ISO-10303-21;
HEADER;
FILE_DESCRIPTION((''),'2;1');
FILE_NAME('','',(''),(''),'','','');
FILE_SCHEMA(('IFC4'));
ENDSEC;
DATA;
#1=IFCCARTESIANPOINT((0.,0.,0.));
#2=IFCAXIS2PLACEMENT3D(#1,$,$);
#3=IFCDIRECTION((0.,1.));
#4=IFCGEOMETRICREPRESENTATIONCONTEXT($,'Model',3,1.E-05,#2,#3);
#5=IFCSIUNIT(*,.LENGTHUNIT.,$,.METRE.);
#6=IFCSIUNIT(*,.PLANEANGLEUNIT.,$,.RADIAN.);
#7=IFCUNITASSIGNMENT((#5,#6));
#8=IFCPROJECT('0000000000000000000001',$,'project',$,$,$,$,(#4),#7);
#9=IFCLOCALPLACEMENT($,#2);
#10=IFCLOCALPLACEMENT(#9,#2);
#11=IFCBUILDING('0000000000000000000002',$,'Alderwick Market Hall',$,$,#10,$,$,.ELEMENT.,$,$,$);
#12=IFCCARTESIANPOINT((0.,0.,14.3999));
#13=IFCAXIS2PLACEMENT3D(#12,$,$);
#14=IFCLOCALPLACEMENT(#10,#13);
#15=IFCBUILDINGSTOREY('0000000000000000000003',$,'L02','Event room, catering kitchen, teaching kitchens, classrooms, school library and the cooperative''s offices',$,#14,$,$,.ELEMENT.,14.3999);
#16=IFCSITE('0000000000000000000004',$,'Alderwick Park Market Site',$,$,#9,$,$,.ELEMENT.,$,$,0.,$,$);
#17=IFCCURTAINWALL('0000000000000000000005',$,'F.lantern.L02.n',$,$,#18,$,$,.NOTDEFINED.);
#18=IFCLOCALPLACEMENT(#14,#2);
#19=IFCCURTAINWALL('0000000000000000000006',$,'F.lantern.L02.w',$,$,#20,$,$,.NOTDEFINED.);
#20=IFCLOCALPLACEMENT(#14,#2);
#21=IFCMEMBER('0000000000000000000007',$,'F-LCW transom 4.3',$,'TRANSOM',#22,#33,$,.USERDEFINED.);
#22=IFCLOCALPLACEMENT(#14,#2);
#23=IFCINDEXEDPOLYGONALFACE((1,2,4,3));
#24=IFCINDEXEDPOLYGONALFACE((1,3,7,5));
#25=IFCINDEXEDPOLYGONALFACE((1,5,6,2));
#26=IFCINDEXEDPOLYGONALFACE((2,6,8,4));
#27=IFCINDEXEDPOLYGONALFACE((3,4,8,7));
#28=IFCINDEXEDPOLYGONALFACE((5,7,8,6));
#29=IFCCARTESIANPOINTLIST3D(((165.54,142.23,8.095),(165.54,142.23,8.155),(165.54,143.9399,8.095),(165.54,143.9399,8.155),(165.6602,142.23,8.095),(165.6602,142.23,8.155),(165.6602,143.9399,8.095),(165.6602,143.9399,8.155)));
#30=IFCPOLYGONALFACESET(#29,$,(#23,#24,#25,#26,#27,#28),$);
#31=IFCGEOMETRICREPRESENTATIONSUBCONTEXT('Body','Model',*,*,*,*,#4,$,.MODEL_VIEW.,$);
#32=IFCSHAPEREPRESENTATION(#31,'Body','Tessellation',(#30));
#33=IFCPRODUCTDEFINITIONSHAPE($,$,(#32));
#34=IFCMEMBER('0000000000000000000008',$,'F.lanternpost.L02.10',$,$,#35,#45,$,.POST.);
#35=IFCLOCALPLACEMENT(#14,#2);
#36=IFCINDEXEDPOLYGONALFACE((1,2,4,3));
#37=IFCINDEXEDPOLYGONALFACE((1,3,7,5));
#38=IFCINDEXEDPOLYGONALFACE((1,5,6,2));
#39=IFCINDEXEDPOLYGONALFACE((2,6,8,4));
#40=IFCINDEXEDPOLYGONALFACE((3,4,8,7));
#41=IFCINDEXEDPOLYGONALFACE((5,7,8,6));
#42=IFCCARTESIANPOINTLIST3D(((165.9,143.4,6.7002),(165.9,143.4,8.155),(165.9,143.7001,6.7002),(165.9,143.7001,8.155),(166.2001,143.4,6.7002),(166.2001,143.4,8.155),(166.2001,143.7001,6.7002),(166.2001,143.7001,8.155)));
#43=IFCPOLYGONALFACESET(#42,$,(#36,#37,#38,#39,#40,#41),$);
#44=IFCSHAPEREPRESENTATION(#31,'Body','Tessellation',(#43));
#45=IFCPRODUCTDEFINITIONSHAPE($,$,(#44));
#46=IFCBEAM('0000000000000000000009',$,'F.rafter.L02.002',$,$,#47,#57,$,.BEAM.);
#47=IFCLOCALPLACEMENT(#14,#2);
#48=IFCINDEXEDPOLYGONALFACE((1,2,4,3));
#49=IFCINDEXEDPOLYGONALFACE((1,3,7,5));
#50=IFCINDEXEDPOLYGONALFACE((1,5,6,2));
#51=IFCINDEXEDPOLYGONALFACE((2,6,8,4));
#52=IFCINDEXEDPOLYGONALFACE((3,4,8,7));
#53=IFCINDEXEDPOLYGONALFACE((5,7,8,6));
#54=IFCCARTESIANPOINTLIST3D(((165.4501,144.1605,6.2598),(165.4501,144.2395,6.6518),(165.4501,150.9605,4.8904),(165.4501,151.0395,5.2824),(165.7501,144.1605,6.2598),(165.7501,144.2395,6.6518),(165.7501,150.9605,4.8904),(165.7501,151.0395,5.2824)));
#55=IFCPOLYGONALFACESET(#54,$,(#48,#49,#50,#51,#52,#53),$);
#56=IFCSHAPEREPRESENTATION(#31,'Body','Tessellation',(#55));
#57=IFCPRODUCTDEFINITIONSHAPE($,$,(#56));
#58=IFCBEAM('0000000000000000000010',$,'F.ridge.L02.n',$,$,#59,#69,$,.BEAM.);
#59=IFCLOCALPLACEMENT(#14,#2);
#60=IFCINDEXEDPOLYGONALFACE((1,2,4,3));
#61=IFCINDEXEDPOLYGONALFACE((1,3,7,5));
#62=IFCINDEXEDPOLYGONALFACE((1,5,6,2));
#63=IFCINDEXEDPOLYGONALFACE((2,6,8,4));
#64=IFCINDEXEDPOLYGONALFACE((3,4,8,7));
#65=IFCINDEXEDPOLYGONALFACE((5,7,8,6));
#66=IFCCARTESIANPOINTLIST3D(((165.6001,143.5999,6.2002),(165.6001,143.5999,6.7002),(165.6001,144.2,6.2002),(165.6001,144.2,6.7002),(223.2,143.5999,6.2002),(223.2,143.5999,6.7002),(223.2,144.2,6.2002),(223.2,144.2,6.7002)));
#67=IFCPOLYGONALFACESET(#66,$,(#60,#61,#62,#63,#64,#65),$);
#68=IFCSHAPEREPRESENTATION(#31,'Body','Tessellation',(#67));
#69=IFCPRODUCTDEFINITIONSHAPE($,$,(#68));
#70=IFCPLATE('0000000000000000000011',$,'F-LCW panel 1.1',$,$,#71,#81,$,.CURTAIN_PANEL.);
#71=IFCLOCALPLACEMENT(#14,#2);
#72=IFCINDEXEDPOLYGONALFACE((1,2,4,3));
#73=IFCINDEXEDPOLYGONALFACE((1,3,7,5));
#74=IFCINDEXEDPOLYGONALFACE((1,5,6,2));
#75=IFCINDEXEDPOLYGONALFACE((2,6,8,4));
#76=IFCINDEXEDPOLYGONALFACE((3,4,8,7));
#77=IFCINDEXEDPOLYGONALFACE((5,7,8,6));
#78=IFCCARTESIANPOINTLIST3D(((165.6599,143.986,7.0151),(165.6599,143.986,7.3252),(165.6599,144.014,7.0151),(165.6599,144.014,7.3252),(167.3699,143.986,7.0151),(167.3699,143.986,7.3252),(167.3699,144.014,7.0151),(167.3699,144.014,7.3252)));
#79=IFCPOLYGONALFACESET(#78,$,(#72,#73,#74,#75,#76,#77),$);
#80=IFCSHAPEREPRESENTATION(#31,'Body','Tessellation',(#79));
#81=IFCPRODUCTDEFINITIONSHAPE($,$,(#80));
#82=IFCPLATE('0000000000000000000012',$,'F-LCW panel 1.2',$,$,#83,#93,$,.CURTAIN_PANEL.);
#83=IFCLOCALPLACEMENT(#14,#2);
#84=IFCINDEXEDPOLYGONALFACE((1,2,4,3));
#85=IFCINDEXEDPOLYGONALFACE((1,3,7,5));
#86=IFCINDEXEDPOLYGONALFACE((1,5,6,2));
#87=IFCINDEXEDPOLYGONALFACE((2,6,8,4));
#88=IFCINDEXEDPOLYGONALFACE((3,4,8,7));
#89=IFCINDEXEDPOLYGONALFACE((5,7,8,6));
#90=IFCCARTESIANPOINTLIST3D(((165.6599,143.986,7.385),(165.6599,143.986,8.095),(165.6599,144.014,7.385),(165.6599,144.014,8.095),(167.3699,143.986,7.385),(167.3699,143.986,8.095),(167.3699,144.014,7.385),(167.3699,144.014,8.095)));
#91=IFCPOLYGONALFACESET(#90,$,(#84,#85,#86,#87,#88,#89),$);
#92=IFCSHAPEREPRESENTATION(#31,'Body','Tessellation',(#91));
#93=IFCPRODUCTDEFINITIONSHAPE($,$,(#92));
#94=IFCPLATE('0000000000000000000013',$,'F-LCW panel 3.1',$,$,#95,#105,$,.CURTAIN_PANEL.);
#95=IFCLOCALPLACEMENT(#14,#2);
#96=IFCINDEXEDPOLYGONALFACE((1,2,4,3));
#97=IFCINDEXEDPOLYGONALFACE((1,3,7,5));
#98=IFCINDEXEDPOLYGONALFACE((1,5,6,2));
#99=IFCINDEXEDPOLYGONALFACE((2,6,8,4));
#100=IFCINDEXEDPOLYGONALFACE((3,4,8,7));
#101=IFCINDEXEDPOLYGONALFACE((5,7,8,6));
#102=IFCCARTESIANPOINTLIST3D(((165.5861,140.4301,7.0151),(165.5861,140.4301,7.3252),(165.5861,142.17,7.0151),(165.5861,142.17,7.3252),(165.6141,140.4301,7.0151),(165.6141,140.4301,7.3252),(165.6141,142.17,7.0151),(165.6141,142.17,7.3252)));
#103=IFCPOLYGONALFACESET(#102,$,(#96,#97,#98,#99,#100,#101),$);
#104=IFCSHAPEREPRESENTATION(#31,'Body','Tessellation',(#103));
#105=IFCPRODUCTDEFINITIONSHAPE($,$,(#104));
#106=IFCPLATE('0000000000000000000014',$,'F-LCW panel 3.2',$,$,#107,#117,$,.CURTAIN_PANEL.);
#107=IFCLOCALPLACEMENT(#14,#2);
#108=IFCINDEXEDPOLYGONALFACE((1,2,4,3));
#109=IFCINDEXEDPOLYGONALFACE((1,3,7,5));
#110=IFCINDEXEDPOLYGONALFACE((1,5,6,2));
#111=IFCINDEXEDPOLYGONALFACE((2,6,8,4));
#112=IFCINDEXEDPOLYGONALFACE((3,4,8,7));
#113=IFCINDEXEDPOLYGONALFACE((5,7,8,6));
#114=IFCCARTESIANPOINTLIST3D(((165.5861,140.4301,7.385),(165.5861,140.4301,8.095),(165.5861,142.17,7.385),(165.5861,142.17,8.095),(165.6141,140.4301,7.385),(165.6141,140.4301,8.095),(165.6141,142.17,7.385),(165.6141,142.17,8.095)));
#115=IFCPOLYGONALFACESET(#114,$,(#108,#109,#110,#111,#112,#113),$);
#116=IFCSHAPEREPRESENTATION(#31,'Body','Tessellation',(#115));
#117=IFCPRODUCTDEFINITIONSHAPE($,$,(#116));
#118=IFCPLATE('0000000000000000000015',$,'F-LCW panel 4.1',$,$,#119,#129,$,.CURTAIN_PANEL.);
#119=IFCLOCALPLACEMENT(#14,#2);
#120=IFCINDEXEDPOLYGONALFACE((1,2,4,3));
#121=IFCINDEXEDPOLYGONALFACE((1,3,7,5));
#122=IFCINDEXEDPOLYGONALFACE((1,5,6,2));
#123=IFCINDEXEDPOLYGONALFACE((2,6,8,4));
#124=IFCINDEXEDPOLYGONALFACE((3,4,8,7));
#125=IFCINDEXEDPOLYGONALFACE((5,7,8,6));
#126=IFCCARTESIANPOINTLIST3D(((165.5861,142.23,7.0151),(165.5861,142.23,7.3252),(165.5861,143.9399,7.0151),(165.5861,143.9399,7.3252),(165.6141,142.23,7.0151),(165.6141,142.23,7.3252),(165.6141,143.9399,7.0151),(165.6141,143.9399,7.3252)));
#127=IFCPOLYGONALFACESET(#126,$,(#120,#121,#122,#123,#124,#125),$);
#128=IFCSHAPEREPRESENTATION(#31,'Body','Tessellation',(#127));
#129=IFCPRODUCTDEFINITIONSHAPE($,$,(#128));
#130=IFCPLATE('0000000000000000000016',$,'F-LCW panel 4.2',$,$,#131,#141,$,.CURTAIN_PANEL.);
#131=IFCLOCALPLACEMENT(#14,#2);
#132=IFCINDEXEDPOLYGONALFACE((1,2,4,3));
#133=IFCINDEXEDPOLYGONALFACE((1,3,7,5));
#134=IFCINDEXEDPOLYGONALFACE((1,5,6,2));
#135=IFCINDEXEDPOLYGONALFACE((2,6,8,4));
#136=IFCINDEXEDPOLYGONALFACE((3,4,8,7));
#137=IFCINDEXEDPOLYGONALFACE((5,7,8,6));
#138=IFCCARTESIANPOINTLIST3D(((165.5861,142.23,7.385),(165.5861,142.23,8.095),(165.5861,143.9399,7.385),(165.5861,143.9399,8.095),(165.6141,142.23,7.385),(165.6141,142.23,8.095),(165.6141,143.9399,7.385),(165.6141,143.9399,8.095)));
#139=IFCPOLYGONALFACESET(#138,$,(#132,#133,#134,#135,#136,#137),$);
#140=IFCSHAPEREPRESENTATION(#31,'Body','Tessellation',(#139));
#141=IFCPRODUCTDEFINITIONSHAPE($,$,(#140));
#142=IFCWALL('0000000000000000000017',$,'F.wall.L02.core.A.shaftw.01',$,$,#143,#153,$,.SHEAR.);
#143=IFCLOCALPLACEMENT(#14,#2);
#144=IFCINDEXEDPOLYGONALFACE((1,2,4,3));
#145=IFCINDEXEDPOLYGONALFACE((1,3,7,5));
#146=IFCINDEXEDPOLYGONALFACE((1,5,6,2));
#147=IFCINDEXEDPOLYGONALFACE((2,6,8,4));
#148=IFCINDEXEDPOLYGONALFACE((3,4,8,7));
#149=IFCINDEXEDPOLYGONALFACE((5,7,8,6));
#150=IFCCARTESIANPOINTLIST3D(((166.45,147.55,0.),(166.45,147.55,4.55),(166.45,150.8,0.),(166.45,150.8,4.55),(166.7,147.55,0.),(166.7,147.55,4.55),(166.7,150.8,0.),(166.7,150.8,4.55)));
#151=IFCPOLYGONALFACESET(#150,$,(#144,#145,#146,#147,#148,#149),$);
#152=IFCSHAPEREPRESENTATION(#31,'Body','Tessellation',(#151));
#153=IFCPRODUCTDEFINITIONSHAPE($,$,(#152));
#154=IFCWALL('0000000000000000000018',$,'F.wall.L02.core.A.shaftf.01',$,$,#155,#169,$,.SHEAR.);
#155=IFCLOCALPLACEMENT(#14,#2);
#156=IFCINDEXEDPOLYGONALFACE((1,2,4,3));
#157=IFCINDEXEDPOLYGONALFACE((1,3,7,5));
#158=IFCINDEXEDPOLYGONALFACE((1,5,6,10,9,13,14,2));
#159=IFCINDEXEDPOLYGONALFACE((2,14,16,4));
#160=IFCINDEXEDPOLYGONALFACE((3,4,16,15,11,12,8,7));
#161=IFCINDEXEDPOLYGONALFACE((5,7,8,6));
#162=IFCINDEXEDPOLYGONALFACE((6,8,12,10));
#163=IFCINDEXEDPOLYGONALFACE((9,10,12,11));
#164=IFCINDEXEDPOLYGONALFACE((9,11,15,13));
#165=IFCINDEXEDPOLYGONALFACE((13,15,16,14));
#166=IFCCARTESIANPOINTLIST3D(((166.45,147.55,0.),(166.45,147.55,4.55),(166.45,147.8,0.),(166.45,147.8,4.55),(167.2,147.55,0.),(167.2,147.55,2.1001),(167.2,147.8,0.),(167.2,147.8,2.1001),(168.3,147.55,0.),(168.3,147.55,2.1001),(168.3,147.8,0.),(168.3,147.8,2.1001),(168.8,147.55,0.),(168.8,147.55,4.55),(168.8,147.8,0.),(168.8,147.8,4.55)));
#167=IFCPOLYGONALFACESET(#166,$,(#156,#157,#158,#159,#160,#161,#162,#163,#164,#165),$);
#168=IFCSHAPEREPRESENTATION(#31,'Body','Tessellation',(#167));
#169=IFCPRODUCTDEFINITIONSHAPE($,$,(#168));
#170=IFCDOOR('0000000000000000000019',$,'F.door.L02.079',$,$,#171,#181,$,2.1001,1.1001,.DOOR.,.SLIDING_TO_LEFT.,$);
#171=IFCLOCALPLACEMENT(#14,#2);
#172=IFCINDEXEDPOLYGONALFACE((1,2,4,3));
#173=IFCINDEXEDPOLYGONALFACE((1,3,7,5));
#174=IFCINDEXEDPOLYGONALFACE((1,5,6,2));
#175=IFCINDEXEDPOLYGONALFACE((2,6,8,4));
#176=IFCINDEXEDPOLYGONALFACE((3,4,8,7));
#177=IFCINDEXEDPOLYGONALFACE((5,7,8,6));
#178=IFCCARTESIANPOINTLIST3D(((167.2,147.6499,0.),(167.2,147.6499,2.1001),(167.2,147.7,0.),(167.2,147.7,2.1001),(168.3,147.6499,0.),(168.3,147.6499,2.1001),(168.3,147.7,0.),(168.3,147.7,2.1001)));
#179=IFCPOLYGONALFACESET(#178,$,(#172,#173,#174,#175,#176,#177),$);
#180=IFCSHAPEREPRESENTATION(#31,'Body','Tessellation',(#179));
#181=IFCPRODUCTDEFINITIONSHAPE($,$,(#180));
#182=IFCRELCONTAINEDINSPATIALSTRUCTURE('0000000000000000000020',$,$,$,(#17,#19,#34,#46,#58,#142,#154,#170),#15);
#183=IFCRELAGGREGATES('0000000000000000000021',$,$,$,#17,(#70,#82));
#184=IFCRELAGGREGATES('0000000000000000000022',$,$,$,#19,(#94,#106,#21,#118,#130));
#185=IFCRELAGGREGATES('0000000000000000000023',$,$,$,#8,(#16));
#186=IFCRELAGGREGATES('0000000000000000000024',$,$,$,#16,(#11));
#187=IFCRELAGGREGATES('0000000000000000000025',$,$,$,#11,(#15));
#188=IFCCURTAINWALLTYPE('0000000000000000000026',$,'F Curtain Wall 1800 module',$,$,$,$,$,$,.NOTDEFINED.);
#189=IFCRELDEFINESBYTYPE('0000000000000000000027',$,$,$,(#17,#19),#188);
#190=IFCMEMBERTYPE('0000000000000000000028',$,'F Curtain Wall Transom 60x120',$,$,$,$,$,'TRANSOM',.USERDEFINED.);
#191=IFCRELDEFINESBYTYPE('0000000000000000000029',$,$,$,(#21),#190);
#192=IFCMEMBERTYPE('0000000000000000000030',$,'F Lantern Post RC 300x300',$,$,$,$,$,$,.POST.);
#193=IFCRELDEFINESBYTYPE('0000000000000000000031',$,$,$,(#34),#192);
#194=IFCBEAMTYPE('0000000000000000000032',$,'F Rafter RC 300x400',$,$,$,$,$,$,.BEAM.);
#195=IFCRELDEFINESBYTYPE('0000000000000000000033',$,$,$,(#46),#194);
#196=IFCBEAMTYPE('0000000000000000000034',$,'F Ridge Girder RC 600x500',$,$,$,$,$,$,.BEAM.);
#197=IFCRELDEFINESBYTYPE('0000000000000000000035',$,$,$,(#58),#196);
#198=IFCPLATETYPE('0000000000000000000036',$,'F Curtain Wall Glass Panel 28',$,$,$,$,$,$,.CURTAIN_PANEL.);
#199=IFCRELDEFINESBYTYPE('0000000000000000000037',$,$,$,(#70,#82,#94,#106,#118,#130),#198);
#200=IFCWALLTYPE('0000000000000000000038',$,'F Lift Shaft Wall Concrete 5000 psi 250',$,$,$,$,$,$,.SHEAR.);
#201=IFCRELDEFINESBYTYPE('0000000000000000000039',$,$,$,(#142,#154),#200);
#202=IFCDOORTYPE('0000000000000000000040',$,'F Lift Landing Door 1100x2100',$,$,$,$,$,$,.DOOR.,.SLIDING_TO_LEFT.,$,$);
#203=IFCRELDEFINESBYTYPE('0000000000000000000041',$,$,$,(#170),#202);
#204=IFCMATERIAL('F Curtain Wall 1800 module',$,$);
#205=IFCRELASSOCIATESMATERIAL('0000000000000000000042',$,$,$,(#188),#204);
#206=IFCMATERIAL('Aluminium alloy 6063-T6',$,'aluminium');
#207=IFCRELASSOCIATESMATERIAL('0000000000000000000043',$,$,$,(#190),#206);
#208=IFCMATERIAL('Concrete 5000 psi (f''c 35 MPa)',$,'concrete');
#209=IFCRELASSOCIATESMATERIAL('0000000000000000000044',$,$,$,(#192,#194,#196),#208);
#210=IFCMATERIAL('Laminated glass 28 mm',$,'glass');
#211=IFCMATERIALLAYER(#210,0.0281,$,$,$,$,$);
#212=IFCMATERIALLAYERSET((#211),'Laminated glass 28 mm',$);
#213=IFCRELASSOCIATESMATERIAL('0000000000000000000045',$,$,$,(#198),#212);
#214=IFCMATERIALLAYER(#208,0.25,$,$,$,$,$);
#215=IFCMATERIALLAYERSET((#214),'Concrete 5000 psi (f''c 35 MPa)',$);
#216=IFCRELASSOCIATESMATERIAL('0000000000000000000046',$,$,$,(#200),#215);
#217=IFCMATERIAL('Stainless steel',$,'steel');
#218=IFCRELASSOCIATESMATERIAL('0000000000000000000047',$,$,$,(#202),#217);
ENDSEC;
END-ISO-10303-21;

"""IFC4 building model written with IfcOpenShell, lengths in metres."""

from ifc_helpers import new_model, si_unit, direction, frame, frame_2d, origin, origin_2d, place, context, subcontext, project, spatial, rectangle, extrude, material, layer, layer_set, material_profile, profile_set, type_object, element, fill, aggregate, save


model = new_model("IFC4")

# Units and contexts
model_context = context("Model", 3, precision=1e-05, world=origin(), true_north=direction((0.0, 1.0)))
body_context = subcontext(model_context, "Body", "Model", "MODEL_VIEW")
ifc_project = project(units=[si_unit("LENGTHUNIT", "METRE"), si_unit("PLANEANGLEUNIT", "RADIAN")], contexts=[model_context])

# Site, building, storey
site_placement = place(None, origin())
site = spatial("IfcSite", under=ifc_project, at=site_placement, Name="Alderwick Park Market Site", CompositionType="ELEMENT", RefElevation=0.0)
building_placement = place(site_placement, origin())
building = spatial("IfcBuilding", under=site, at=building_placement, Name="Alderwick Market Hall", CompositionType="ELEMENT")
storey_placement = place(building_placement, frame((0.0, 0.0, 14.3999)))
storey = spatial("IfcBuildingStorey", under=building, at=storey_placement, Name="L02", Description="Event room, catering kitchen, teaching kitchens, classrooms, school library and the cooperative's offices", CompositionType="ELEMENT", Elevation=14.3999)

# Shared definitions
ifc_material_1 = material(Name="Concrete 5000 psi (f'c 35 MPa)", Category="concrete")

# Curtain walls
ifc_material_2 = material(Name="F Curtain Wall 1800 module")
curtain_wall_type = type_object("IfcCurtainWallType", Name="F Curtain Wall 1800 module", PredefinedType="NOTDEFINED", material=ifc_material_2)
curtain_wall_1_placement = place(storey_placement, origin())
curtain_wall_1 = element("IfcCurtainWall", 1, at=curtain_wall_1_placement, inside=storey, type_object=curtain_wall_type, Name="F.lantern.L02.n", PredefinedType="NOTDEFINED")
ifc_material_3 = material(Name="Aluminium alloy 6063-T6", Category="aluminium")
curtain_wall_2_placement = place(storey_placement, origin())
curtain_wall_2 = element("IfcCurtainWall", 2, at=curtain_wall_2_placement, inside=storey, type_object=curtain_wall_type, Name="F.lantern.L02.w", PredefinedType="NOTDEFINED")

# Members
ifc_material_profile_1 = material_profile(ifc_material_3, rectangle(XDim=0.1201, YDim=0.0601, at=origin_2d()), Name="AL 60x120")
ifc_profile_set_1 = profile_set([ifc_material_profile_1], Name="Aluminium alloy 6063-T6")
member_type_1 = type_object("IfcMemberType", Name="F Curtain Wall Transom 60x120", ElementType="TRANSOM", PredefinedType="USERDEFINED", material=ifc_profile_set_1)
member_1_placement = place(storey_placement, frame((165.6001, 142.23, 8.125), z_axis=(0.0, 1.0, 0.0), x_axis=(-1.0, 0.0, 0.0)))
member_1 = element("IfcMember", 3, at=member_1_placement, type_object=member_type_1, Name="F-LCW transom 4.3", ObjectType="TRANSOM", PredefinedType="USERDEFINED", context=body_context, shape_type="SweptSolid", body=[
    extrude(rectangle(XDim=0.1201, YDim=0.0601, at=origin_2d()), origin(), (0.0, 0.0, 1.0), 1.71),
])
ifc_material_profile_2 = material_profile(ifc_material_1, rectangle(XDim=0.3, YDim=0.3, at=origin_2d()), Name="RC 300x300")
ifc_profile_set_2 = profile_set([ifc_material_profile_2], Name="Concrete 5000 psi (f'c 35 MPa)")
member_type_2 = type_object("IfcMemberType", Name="F Lantern Post RC 300x300", PredefinedType="POST", material=ifc_profile_set_2)
member_2_placement = place(storey_placement, frame((166.05, 143.55, 6.7002), z_axis=(0.0, 0.0, 1.0), x_axis=(1.0, 0.0, 0.0)))
element("IfcMember", 4, at=member_2_placement, inside=storey, type_object=member_type_2, Name="F.lanternpost.L02.10", PredefinedType="POST", context=body_context, shape_type="SweptSolid", body=[
    extrude(rectangle(XDim=0.3, YDim=0.3, at=origin_2d()), origin(), (0.0, 0.0, 1.0), 1.4548),
])

# Beams
ifc_material_profile_3 = material_profile(ifc_material_1, rectangle(XDim=0.3, YDim=0.3999, at=origin_2d()), Name="RC 300x400")
ifc_profile_set_3 = profile_set([ifc_material_profile_3], Name="Concrete 5000 psi (f'c 35 MPa)")
beam_type_1 = type_object("IfcBeamType", Name="F Rafter RC 300x400", PredefinedType="BEAM", material=ifc_profile_set_3)
beam_1_placement = place(storey_placement, frame((165.6001, 151.0, 5.0864), z_axis=(0.0, -0.98032, 0.197416), x_axis=(1.0, 0.0, 0.0)))
element("IfcBeam", 5, at=beam_1_placement, inside=storey, type_object=beam_type_1, Name="F.rafter.L02.002", PredefinedType="BEAM", context=body_context, shape_type="SweptSolid", body=[
    extrude(rectangle(XDim=0.3, YDim=0.3999, at=origin_2d()), origin(), (0.0, 0.0, 1.0), 6.9365),
])
ifc_material_profile_4 = material_profile(ifc_material_1, rectangle(XDim=0.6001, YDim=0.5, at=origin_2d()), Name="RC 600x500")
ifc_profile_set_4 = profile_set([ifc_material_profile_4], Name="Concrete 5000 psi (f'c 35 MPa)")
beam_type_2 = type_object("IfcBeamType", Name="F Ridge Girder RC 600x500", PredefinedType="BEAM", material=ifc_profile_set_4)
beam_2_placement = place(storey_placement, frame((165.6001, 143.8999, 6.4502), z_axis=(1.0, 0.0, 0.0), x_axis=(0.0, 1.0, 0.0)))
element("IfcBeam", 6, at=beam_2_placement, inside=storey, type_object=beam_type_2, Name="F.ridge.L02.n", PredefinedType="BEAM", context=body_context, shape_type="SweptSolid", body=[
    extrude(rectangle(XDim=0.6001, YDim=0.5, at=origin_2d()), origin(), (0.0, 0.0, 1.0), 57.5999),
])

# Plates
ifc_material_4 = material(Name="Laminated glass 28 mm", Category="glass")
ifc_layer_1 = layer(ifc_material_4, 0.0281)
ifc_layer_set_1 = layer_set([ifc_layer_1], Name="Laminated glass 28 mm")
plate_type = type_object("IfcPlateType", Name="F Curtain Wall Glass Panel 28", PredefinedType="CURTAIN_PANEL", material=ifc_layer_set_1)
plate_1_placement = place(storey_placement, frame((166.5149, 144.0, 7.0151), z_axis=(0.0, 0.0, 1.0), x_axis=(1.0, 0.0, 0.0)))
plate_1 = element("IfcPlate", 7, at=plate_1_placement, type_object=plate_type, Name="F-LCW panel 1.1", PredefinedType="CURTAIN_PANEL", context=body_context, shape_type="SweptSolid", body=[
    extrude(rectangle(XDim=1.71, YDim=0.0281, at=origin_2d()), origin(), (0.0, 0.0, 1.0), 0.3101),
])
plate_2_placement = place(storey_placement, frame((166.5149, 144.0, 7.385), z_axis=(0.0, 0.0, 1.0), x_axis=(1.0, 0.0, 0.0)))
plate_2 = element("IfcPlate", 8, at=plate_2_placement, type_object=plate_type, Name="F-LCW panel 1.2", PredefinedType="CURTAIN_PANEL", context=body_context, shape_type="SweptSolid", body=[
    extrude(rectangle(XDim=1.71, YDim=0.0281, at=origin_2d()), origin(), (0.0, 0.0, 1.0), 0.71),
])
aggregate(curtain_wall_1, [plate_1, plate_2])
plate_3_placement = place(storey_placement, frame((165.6001, 141.3, 7.0151), z_axis=(0.0, 0.0, 1.0), x_axis=(0.0, 1.0, 0.0)))
plate_3 = element("IfcPlate", 9, at=plate_3_placement, type_object=plate_type, Name="F-LCW panel 3.1", PredefinedType="CURTAIN_PANEL", context=body_context, shape_type="SweptSolid", body=[
    extrude(rectangle(XDim=1.74, YDim=0.0281, at=origin_2d()), origin(), (0.0, 0.0, 1.0), 0.3101),
])
plate_4_placement = place(storey_placement, frame((165.6001, 141.3, 7.385), z_axis=(0.0, 0.0, 1.0), x_axis=(0.0, 1.0, 0.0)))
plate_4 = element("IfcPlate", 10, at=plate_4_placement, type_object=plate_type, Name="F-LCW panel 3.2", PredefinedType="CURTAIN_PANEL", context=body_context, shape_type="SweptSolid", body=[
    extrude(rectangle(XDim=1.74, YDim=0.0281, at=origin_2d()), origin(), (0.0, 0.0, 1.0), 0.71),
])
plate_5_placement = place(storey_placement, frame((165.6001, 143.085, 7.0151), z_axis=(0.0, 0.0, 1.0), x_axis=(0.0, 1.0, 0.0)))
plate_5 = element("IfcPlate", 11, at=plate_5_placement, type_object=plate_type, Name="F-LCW panel 4.1", PredefinedType="CURTAIN_PANEL", context=body_context, shape_type="SweptSolid", body=[
    extrude(rectangle(XDim=1.71, YDim=0.0281, at=origin_2d()), origin(), (0.0, 0.0, 1.0), 0.3101),
])
plate_6_placement = place(storey_placement, frame((165.6001, 143.085, 7.385), z_axis=(0.0, 0.0, 1.0), x_axis=(0.0, 1.0, 0.0)))
plate_6 = element("IfcPlate", 12, at=plate_6_placement, type_object=plate_type, Name="F-LCW panel 4.2", PredefinedType="CURTAIN_PANEL", context=body_context, shape_type="SweptSolid", body=[
    extrude(rectangle(XDim=1.71, YDim=0.0281, at=origin_2d()), origin(), (0.0, 0.0, 1.0), 0.71),
])
aggregate(curtain_wall_2, [plate_3, plate_4, member_1, plate_5, plate_6])

# Wall
ifc_layer_2 = layer(ifc_material_1, 0.25)
ifc_layer_set_2 = layer_set([ifc_layer_2], Name="Concrete 5000 psi (f'c 35 MPa)")
wall_type = type_object("IfcWallType", Name="F Lift Shaft Wall Concrete 5000 psi 250", PredefinedType="SHEAR", material=ifc_layer_set_2)
wall_1_placement = place(storey_placement, frame((166.575, 147.55, 0.0), z_axis=(0.0, 0.0, 1.0), x_axis=(0.0, 1.0, 0.0)))
element("IfcWall", 13, at=wall_1_placement, inside=storey, type_object=wall_type, Name="F.wall.L02.core.A.shaftw.01", PredefinedType="SHEAR", context=body_context, shape_type="SweptSolid", body=[
    extrude(rectangle(XDim=3.25, YDim=0.25, at=frame_2d((1.625, 0.0))), origin(), (0.0, 0.0, 1.0), 4.55),
])

# Wall, opening, door
wall_2_placement = place(storey_placement, frame((166.45, 147.675, 0.0), z_axis=(0.0, 0.0, 1.0), x_axis=(1.0, 0.0, 0.0)))
wall_2 = element("IfcWall", 14, at=wall_2_placement, inside=storey, type_object=wall_type, Name="F.wall.L02.core.A.shaftf.01", PredefinedType="SHEAR", context=body_context, shape_type="SweptSolid", body=[
    extrude(rectangle(XDim=2.3501, YDim=0.25, at=frame_2d((1.175, 0.0))), origin(), (0.0, 0.0, 1.0), 4.55),
])
opening_placement = place(wall_2_placement, frame((0.75, 0.0, 0.0)))
opening = element("IfcOpeningElement", 15, at=opening_placement, cuts=wall_2, PredefinedType="OPENING", context=body_context, shape_type="SweptSolid", body=[
    extrude(rectangle(XDim=1.1001, YDim=2.1001, at=frame_2d((0.55, 1.05))), frame((0.0, 0.135, 0.0), z_axis=(0.0, -1.0, 0.0), x_axis=(1.0, 0.0, 0.0)), (0.0, 0.0, 1.0), 0.27),
])
ifc_material_5 = material(Name="Stainless steel", Category="steel")
door_type = type_object("IfcDoorType", Name="F Lift Landing Door 1100x2100", OperationType="SLIDING_TO_LEFT", PredefinedType="DOOR", material=ifc_material_5)
door_placement = place(opening_placement, origin())
door = element("IfcDoor", 16, at=door_placement, inside=storey, type_object=door_type, Name="F.door.L02.079", OperationType="SLIDING_TO_LEFT", OverallHeight=2.1001, OverallWidth=1.1001, PredefinedType="DOOR", context=body_context, shape_type="SweptSolid", body=[
    extrude(rectangle(XDim=1.1001, YDim=2.1001, at=frame_2d((0.55, 1.05))), frame((0.0, 0.0249, 0.0), z_axis=(0.0, -1.0, 0.0), x_axis=(1.0, 0.0, 0.0)), (0.0, 0.0, 1.0), 0.05),
])
fill(opening, door)

save(model, "model.ifc")
